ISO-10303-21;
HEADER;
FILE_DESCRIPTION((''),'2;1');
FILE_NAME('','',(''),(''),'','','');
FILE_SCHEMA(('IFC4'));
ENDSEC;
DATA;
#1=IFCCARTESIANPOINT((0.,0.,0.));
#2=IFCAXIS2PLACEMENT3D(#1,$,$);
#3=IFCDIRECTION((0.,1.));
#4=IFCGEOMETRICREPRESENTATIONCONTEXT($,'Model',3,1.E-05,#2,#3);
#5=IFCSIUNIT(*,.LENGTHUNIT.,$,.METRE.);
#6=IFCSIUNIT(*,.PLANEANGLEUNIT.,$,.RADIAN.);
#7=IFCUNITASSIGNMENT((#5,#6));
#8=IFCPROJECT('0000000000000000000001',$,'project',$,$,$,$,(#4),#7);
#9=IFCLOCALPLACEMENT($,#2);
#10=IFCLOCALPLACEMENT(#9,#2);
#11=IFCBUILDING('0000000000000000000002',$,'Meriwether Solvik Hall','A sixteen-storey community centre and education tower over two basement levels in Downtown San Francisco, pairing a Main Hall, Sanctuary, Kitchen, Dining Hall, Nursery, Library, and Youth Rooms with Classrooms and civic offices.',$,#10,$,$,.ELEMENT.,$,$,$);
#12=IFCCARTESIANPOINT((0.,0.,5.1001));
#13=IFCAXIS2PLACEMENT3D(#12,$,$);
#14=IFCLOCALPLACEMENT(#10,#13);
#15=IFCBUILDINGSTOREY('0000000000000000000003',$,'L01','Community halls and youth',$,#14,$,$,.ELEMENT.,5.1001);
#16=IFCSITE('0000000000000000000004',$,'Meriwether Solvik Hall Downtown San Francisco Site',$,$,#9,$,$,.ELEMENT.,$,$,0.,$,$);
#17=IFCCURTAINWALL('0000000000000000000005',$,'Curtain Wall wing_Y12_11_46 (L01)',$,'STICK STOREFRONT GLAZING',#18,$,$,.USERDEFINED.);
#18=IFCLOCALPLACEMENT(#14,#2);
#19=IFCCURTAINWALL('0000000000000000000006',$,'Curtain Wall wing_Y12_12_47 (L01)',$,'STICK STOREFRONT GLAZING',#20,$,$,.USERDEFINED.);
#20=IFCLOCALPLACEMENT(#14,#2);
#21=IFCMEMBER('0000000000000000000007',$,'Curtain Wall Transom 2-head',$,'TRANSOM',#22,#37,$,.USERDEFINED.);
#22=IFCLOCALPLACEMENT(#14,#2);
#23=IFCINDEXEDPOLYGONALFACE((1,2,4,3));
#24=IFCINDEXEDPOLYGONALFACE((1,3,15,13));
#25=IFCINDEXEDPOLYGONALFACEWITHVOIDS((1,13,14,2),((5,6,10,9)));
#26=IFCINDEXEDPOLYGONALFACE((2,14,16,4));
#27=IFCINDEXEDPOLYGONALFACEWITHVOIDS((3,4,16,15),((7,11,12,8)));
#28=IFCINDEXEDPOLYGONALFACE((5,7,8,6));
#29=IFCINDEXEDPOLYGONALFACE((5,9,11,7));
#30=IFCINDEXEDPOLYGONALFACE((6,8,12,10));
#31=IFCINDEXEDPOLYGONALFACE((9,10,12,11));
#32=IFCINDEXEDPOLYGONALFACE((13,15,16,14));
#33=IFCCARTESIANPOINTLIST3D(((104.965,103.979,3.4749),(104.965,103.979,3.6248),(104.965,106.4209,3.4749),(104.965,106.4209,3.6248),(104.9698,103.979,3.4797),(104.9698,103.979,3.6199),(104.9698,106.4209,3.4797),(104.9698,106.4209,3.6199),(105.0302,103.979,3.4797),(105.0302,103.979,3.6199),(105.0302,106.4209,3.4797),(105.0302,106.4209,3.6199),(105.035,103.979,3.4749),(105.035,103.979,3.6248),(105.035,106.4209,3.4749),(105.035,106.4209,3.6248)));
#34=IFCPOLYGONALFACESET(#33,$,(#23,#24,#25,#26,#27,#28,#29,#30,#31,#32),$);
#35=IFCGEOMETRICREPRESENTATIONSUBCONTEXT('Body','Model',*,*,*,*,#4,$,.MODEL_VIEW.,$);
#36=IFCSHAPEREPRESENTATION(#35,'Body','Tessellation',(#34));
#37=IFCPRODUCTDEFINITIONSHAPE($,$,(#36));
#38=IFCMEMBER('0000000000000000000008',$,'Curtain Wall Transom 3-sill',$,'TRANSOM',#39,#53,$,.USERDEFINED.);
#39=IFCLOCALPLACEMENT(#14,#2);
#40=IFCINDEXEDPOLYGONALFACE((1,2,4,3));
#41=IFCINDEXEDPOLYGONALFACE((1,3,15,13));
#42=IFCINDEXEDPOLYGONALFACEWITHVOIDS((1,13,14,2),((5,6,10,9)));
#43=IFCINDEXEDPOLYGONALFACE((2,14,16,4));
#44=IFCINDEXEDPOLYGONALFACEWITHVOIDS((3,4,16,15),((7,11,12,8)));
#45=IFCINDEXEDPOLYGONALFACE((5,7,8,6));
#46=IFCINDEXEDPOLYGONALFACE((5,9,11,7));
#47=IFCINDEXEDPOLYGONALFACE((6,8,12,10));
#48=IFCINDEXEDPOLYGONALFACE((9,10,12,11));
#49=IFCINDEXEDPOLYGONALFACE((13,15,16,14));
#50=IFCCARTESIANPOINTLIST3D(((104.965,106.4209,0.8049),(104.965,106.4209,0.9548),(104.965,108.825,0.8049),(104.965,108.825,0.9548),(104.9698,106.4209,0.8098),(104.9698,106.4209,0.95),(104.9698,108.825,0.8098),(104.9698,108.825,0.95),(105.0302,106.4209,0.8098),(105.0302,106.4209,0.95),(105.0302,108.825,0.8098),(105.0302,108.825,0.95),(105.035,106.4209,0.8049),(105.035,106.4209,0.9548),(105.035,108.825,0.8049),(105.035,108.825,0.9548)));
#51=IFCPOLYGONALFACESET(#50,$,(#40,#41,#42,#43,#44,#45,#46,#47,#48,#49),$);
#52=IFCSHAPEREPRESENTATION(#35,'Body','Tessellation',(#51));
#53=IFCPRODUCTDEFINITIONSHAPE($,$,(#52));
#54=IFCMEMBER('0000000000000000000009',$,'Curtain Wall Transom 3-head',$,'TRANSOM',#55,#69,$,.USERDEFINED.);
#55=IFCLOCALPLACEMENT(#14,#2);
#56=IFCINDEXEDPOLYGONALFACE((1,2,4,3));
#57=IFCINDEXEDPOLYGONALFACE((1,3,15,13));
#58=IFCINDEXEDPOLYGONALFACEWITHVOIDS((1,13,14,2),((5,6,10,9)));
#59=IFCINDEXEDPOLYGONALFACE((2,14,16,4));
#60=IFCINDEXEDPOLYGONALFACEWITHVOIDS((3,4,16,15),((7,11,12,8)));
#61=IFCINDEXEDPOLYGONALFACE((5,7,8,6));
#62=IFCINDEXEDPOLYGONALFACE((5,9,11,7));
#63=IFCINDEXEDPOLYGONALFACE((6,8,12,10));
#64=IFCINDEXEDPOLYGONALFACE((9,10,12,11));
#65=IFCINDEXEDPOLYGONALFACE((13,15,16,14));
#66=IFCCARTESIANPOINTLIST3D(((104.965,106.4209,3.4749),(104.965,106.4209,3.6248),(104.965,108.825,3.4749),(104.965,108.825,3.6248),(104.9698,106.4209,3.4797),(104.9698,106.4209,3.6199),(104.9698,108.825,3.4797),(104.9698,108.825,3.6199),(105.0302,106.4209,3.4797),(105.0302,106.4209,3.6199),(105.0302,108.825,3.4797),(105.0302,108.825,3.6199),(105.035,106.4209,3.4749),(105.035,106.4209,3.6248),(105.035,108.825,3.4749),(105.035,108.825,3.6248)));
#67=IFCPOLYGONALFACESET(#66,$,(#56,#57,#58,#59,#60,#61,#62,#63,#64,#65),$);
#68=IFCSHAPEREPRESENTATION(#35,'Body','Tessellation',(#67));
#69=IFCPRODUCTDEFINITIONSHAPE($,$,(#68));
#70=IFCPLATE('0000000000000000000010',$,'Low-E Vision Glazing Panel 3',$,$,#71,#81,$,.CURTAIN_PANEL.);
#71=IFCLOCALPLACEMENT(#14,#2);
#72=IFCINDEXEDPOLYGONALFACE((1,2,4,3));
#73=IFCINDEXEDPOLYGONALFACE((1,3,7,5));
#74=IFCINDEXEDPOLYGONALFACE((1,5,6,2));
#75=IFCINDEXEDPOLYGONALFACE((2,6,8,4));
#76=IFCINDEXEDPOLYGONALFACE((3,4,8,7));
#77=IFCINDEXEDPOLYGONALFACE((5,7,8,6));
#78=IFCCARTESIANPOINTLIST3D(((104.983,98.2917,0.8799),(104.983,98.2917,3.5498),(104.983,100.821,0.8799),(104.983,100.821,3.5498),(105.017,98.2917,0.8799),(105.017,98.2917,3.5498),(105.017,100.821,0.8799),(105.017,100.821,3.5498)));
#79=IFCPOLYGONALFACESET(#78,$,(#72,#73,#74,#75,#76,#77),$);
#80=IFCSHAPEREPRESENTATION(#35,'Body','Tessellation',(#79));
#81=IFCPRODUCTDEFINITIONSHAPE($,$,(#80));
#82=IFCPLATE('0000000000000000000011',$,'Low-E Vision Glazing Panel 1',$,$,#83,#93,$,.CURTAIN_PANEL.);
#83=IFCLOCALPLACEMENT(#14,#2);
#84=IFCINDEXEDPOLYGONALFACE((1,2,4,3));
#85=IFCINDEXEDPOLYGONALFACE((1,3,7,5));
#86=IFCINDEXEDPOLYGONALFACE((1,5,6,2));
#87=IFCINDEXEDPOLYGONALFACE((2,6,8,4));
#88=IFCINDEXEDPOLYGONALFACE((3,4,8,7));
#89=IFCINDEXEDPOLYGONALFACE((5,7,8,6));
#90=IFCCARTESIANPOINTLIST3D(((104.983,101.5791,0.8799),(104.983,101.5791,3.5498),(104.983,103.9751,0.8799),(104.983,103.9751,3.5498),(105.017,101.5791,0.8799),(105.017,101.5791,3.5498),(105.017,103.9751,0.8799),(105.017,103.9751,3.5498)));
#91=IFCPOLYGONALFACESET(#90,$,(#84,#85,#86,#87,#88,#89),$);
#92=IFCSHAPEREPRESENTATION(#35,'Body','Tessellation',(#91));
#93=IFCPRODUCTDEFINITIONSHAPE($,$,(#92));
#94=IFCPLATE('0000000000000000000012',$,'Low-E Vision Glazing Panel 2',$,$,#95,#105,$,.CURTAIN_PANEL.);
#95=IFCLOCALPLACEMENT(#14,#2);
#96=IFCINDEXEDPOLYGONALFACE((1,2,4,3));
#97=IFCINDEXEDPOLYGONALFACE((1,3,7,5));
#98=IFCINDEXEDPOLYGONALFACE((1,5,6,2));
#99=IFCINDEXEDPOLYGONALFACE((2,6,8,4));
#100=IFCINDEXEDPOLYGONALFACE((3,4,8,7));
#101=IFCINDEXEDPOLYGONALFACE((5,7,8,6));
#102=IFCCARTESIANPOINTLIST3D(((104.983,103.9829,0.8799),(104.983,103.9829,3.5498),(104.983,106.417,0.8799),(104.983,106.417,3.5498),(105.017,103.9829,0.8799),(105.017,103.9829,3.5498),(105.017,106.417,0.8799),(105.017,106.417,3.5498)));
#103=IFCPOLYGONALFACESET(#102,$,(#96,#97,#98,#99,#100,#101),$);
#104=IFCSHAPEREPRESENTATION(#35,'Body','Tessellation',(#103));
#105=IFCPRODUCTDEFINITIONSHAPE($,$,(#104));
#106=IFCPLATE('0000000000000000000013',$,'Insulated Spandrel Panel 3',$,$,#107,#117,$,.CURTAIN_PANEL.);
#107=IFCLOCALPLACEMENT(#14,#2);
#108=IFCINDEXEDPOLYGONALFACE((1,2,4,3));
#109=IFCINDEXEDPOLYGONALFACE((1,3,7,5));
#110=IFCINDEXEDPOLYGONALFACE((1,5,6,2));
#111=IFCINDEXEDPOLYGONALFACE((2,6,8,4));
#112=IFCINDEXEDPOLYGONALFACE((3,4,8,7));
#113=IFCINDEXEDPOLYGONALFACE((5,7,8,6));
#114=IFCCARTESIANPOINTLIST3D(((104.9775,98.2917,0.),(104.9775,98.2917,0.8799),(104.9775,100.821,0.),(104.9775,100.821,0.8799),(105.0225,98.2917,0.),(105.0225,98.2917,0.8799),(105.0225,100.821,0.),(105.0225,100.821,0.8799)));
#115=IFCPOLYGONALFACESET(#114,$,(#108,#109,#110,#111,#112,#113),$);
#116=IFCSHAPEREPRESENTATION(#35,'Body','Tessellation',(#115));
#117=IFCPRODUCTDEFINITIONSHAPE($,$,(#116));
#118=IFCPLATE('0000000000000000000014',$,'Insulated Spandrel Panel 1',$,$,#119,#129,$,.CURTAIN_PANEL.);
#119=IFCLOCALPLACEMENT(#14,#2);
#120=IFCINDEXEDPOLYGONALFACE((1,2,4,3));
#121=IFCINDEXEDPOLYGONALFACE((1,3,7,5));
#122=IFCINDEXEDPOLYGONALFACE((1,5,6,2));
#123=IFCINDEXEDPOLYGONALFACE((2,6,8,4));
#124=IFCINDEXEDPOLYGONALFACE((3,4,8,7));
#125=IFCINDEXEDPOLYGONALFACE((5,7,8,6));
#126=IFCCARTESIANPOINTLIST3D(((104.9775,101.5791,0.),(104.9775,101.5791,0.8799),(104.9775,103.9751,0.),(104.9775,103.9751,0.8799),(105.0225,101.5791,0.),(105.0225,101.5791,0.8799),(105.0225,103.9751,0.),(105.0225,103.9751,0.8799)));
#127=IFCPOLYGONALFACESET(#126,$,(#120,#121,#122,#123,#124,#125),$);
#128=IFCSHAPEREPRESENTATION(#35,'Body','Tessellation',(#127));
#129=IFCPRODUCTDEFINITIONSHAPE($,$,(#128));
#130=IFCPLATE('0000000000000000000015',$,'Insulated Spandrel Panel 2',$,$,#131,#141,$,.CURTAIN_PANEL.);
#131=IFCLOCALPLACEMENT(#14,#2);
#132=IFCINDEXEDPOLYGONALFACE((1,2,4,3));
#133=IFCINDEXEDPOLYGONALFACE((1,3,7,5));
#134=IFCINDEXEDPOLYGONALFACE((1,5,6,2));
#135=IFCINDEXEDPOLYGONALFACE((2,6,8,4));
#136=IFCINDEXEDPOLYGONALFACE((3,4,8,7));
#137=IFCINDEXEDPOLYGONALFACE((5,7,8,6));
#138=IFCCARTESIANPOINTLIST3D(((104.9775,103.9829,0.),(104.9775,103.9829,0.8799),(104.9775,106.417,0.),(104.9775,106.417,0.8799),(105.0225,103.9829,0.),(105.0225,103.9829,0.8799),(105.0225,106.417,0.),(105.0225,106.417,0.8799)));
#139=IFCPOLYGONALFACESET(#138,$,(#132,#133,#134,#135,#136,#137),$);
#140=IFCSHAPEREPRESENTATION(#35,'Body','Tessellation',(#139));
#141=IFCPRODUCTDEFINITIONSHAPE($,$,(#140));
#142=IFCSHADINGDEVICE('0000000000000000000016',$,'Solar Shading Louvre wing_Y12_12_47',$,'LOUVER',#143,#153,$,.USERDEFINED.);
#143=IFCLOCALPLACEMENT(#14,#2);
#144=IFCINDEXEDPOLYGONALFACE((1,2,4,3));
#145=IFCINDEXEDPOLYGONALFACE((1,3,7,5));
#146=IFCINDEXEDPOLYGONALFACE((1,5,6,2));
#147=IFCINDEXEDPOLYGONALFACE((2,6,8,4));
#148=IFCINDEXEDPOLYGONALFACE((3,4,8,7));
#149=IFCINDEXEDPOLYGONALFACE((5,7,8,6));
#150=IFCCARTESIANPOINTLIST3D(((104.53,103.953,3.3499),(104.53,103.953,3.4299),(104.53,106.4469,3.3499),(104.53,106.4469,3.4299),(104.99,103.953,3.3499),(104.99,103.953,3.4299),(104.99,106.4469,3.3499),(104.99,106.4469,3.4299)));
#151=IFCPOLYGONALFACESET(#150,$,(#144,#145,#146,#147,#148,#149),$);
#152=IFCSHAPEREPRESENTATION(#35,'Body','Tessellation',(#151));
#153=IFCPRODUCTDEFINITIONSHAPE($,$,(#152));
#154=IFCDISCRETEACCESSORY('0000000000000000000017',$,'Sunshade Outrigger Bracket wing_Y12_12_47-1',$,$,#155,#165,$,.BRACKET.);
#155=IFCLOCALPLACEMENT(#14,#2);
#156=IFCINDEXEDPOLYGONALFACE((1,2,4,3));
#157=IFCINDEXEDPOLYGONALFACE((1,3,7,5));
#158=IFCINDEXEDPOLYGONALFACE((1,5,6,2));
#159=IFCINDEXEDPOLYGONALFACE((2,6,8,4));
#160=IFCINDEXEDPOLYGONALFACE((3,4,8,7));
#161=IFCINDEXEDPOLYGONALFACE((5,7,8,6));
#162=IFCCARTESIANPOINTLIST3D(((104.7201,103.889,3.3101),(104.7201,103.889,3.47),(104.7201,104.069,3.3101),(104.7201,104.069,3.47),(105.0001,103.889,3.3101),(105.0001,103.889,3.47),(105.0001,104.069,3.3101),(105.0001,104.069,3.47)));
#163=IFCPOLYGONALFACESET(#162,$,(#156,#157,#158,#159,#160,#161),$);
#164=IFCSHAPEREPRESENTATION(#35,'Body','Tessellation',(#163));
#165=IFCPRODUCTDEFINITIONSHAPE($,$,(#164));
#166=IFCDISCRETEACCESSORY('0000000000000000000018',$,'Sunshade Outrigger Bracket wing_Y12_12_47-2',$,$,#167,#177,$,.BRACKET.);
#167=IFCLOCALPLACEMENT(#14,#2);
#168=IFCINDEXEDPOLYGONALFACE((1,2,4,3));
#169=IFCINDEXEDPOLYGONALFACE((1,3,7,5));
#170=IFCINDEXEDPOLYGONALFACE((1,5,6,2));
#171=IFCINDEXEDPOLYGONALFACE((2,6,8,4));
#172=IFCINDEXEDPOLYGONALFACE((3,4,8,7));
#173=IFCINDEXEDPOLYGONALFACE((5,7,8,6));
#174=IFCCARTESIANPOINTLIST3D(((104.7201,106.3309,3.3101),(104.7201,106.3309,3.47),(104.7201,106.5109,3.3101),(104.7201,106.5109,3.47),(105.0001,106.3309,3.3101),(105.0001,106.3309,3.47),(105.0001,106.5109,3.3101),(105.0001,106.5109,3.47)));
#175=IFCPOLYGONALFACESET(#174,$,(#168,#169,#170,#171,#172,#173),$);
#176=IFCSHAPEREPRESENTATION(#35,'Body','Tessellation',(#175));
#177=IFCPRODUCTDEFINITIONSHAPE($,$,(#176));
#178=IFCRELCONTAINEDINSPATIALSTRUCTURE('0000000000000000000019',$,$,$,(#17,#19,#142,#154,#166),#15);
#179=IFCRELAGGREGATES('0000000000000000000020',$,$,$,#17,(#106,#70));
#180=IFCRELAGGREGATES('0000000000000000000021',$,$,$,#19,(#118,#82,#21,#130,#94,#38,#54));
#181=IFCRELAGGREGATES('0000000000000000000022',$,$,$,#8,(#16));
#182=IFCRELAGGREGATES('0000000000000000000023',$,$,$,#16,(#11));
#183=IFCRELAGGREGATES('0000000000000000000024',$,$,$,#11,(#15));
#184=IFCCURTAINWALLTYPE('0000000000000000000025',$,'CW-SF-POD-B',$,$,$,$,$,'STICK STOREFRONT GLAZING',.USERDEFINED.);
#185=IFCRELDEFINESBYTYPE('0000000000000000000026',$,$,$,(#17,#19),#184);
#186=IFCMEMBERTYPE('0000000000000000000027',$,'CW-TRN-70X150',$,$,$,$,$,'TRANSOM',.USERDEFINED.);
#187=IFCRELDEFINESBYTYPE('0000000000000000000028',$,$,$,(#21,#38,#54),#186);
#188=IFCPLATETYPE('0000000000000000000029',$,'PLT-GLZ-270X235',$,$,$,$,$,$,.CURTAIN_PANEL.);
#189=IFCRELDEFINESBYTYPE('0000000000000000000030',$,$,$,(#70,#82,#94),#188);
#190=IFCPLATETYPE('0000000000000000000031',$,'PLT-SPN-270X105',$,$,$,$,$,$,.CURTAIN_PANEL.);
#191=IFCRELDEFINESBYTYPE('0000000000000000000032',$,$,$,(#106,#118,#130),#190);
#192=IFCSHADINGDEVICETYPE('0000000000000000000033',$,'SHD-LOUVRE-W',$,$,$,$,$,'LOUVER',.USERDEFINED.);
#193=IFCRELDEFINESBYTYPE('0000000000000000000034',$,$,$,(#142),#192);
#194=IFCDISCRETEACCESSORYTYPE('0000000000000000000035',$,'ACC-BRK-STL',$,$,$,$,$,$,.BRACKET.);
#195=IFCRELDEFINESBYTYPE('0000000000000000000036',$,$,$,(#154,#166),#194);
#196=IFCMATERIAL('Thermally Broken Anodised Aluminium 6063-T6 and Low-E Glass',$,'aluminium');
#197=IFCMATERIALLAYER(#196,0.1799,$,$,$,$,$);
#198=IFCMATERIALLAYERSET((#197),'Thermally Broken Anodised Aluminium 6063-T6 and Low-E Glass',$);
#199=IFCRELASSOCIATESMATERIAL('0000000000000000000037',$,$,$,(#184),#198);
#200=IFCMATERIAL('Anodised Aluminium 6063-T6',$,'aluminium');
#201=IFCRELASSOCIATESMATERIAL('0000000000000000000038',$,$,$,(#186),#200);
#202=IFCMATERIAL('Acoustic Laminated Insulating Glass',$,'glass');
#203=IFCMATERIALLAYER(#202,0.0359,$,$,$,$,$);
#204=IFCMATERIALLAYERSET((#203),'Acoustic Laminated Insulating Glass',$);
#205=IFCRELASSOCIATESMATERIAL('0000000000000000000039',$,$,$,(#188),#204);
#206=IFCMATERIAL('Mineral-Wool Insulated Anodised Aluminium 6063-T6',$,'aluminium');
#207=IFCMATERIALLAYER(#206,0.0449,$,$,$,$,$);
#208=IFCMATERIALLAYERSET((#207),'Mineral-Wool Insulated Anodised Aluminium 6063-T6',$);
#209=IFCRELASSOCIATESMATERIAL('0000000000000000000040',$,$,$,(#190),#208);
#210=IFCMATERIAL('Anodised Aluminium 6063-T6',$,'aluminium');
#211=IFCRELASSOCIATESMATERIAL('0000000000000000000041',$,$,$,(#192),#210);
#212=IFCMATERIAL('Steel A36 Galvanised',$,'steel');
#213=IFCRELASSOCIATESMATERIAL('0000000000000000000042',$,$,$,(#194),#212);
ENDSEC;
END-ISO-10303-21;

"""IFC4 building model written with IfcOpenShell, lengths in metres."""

from ifc_helpers import new_model, si_unit, direction, frame, origin, origin_2d, place, context, subcontext, project, spatial, rectangle, hollow_rectangle, extrude, material, layer, layer_set, material_profile, profile_set, type_object, element, aggregate, save


model = new_model("IFC4")

# Units and contexts
model_context = context("Model", 3, precision=1e-05, world=origin(), true_north=direction((0.0, 1.0)))
body_context = subcontext(model_context, "Body", "Model", "MODEL_VIEW")
ifc_project = project(units=[si_unit("LENGTHUNIT", "METRE"), si_unit("PLANEANGLEUNIT", "RADIAN")], contexts=[model_context])

# Site, building, storey
site_placement = place(None, origin())
site = spatial("IfcSite", under=ifc_project, at=site_placement, Name="Meriwether Solvik Hall Downtown San Francisco Site", CompositionType="ELEMENT", RefElevation=0.0)
building_placement = place(site_placement, origin())
building = spatial("IfcBuilding", under=site, at=building_placement, Name="Meriwether Solvik Hall", Description="A sixteen-storey community centre and education tower over two basement levels in Downtown San Francisco, pairing a Main Hall, Sanctuary, Kitchen, Dining Hall, Nursery, Library, and Youth Rooms with Classrooms and civic offices.", CompositionType="ELEMENT")
storey_placement = place(building_placement, frame((0.0, 0.0, 5.1001)))
storey = spatial("IfcBuildingStorey", under=building, at=storey_placement, Name="L01", Description="Community halls and youth", CompositionType="ELEMENT", Elevation=5.1001)

# Curtain wall
ifc_material_1 = material(Name="Thermally Broken Anodised Aluminium 6063-T6 and Low-E Glass", Category="aluminium")
ifc_layer_1 = layer(ifc_material_1, 0.1799)
ifc_layer_set_1 = layer_set([ifc_layer_1], Name="Thermally Broken Anodised Aluminium 6063-T6 and Low-E Glass")
curtain_wall_type = type_object("IfcCurtainWallType", Name="CW-SF-POD-B", ElementType="STICK STOREFRONT GLAZING", PredefinedType="USERDEFINED", material=ifc_layer_set_1)
curtain_wall_1_placement = place(storey_placement, origin())
curtain_wall_1 = element("IfcCurtainWall", 1, at=curtain_wall_1_placement, inside=storey, type_object=curtain_wall_type, Name="Curtain Wall wing_Y12_11_46 (L01)", ObjectType="STICK STOREFRONT GLAZING", PredefinedType="USERDEFINED")

# Curtain wall, members
curtain_wall_2_placement = place(storey_placement, origin())
curtain_wall_2 = element("IfcCurtainWall", 2, at=curtain_wall_2_placement, inside=storey, type_object=curtain_wall_type, Name="Curtain Wall wing_Y12_12_47 (L01)", ObjectType="STICK STOREFRONT GLAZING", PredefinedType="USERDEFINED")
ifc_material_2 = material(Name="Anodised Aluminium 6063-T6", Category="aluminium")
ifc_material_profile_1 = material_profile(ifc_material_2, hollow_rectangle(XDim=0.0701, YDim=0.1499, WallThickness=0.0049, at=origin_2d()), Name="CWT-70X150")
ifc_profile_set_1 = profile_set([ifc_material_profile_1], Name="Anodised Aluminium 6063-T6")
member_type_1 = type_object("IfcMemberType", Name="CW-TRN-70X150", ElementType="TRANSOM", PredefinedType="USERDEFINED", material=ifc_profile_set_1)
member_1_placement = place(storey_placement, frame((105.0, 103.979, 3.5498), z_axis=(0.0, 1.0, 0.0), x_axis=(-1.0, 0.0, 0.0)))
member_1 = element("IfcMember", 3, at=member_1_placement, type_object=member_type_1, Name="Curtain Wall Transom 2-head", ObjectType="TRANSOM", PredefinedType="USERDEFINED", context=body_context, shape_type="SweptSolid", body=[
    extrude(hollow_rectangle(XDim=0.0701, YDim=0.1499, WallThickness=0.0049, at=origin_2d()), origin(), (0.0, 0.0, 1.0), 2.4419),
])
member_2_placement = place(storey_placement, frame((105.0, 106.4209, 0.8799), z_axis=(0.0, 1.0, 0.0), x_axis=(-1.0, 0.0, 0.0)))
member_2 = element("IfcMember", 4, at=member_2_placement, type_object=member_type_1, Name="Curtain Wall Transom 3-sill", ObjectType="TRANSOM", PredefinedType="USERDEFINED", context=body_context, shape_type="SweptSolid", body=[
    extrude(hollow_rectangle(XDim=0.0701, YDim=0.1499, WallThickness=0.0049, at=origin_2d()), origin(), (0.0, 0.0, 1.0), 2.4041),
])
member_3_placement = place(storey_placement, frame((105.0, 106.4209, 3.5498), z_axis=(0.0, 1.0, 0.0), x_axis=(-1.0, 0.0, 0.0)))
member_3 = element("IfcMember", 5, at=member_3_placement, type_object=member_type_1, Name="Curtain Wall Transom 3-head", ObjectType="TRANSOM", PredefinedType="USERDEFINED", context=body_context, shape_type="SweptSolid", body=[
    extrude(hollow_rectangle(XDim=0.0701, YDim=0.1499, WallThickness=0.0049, at=origin_2d()), origin(), (0.0, 0.0, 1.0), 2.4041),
])

# Plates
ifc_material_3 = material(Name="Acoustic Laminated Insulating Glass", Category="glass")
ifc_layer_2 = layer(ifc_material_3, 0.0359)
ifc_layer_set_2 = layer_set([ifc_layer_2], Name="Acoustic Laminated Insulating Glass")
plate_type_1 = type_object("IfcPlateType", Name="PLT-GLZ-270X235", PredefinedType="CURTAIN_PANEL", material=ifc_layer_set_2)
plate_1_placement = place(storey_placement, frame((105.0, 99.5564, 0.8799), z_axis=(0.0, 0.0, 1.0), x_axis=(0.0, 1.0, 0.0)))
plate_1 = element("IfcPlate", 6, at=plate_1_placement, type_object=plate_type_1, Name="Low-E Vision Glazing Panel 3", PredefinedType="CURTAIN_PANEL", context=body_context, shape_type="SweptSolid", body=[
    extrude(rectangle(XDim=2.5293, YDim=0.0339, at=origin_2d()), origin(), (0.0, 0.0, 1.0), 2.6699),
])
plate_2_placement = place(storey_placement, frame((105.0, 102.7771, 0.8799), z_axis=(0.0, 0.0, 1.0), x_axis=(0.0, 1.0, 0.0)))
plate_2 = element("IfcPlate", 7, at=plate_2_placement, type_object=plate_type_1, Name="Low-E Vision Glazing Panel 1", PredefinedType="CURTAIN_PANEL", context=body_context, shape_type="SweptSolid", body=[
    extrude(rectangle(XDim=2.396, YDim=0.0339, at=origin_2d()), origin(), (0.0, 0.0, 1.0), 2.6699),
])
plate_3_placement = place(storey_placement, frame((105.0, 105.2, 0.8799), z_axis=(0.0, 0.0, 1.0), x_axis=(0.0, 1.0, 0.0)))
plate_3 = element("IfcPlate", 8, at=plate_3_placement, type_object=plate_type_1, Name="Low-E Vision Glazing Panel 2", PredefinedType="CURTAIN_PANEL", context=body_context, shape_type="SweptSolid", body=[
    extrude(rectangle(XDim=2.4341, YDim=0.0339, at=origin_2d()), origin(), (0.0, 0.0, 1.0), 2.6699),
])
ifc_material_4 = material(Name="Mineral-Wool Insulated Anodised Aluminium 6063-T6", Category="aluminium")
ifc_layer_3 = layer(ifc_material_4, 0.0449)
ifc_layer_set_3 = layer_set([ifc_layer_3], Name="Mineral-Wool Insulated Anodised Aluminium 6063-T6")
plate_type_2 = type_object("IfcPlateType", Name="PLT-SPN-270X105", PredefinedType="CURTAIN_PANEL", material=ifc_layer_set_3)
plate_4_placement = place(storey_placement, frame((105.0, 99.5564, 0.0), z_axis=(0.0, 0.0, 1.0), x_axis=(0.0, 1.0, 0.0)))
plate_4 = element("IfcPlate", 9, at=plate_4_placement, type_object=plate_type_2, Name="Insulated Spandrel Panel 3", PredefinedType="CURTAIN_PANEL", context=body_context, shape_type="SweptSolid", body=[
    extrude(rectangle(XDim=2.5293, YDim=0.0449, at=origin_2d()), origin(), (0.0, 0.0, 1.0), 0.8799),
])
aggregate(curtain_wall_1, [plate_4, plate_1])
plate_5_placement = place(storey_placement, frame((105.0, 102.7771, 0.0), z_axis=(0.0, 0.0, 1.0), x_axis=(0.0, 1.0, 0.0)))
plate_5 = element("IfcPlate", 10, at=plate_5_placement, type_object=plate_type_2, Name="Insulated Spandrel Panel 1", PredefinedType="CURTAIN_PANEL", context=body_context, shape_type="SweptSolid", body=[
    extrude(rectangle(XDim=2.396, YDim=0.0449, at=origin_2d()), origin(), (0.0, 0.0, 1.0), 0.8799),
])
plate_6_placement = place(storey_placement, frame((105.0, 105.2, 0.0), z_axis=(0.0, 0.0, 1.0), x_axis=(0.0, 1.0, 0.0)))
plate_6 = element("IfcPlate", 11, at=plate_6_placement, type_object=plate_type_2, Name="Insulated Spandrel Panel 2", PredefinedType="CURTAIN_PANEL", context=body_context, shape_type="SweptSolid", body=[
    extrude(rectangle(XDim=2.4341, YDim=0.0449, at=origin_2d()), origin(), (0.0, 0.0, 1.0), 0.8799),
])
aggregate(curtain_wall_2, [plate_5, plate_2, member_1, plate_6, plate_3, member_2, member_3])

# Shading device
ifc_material_5 = material(Name="Anodised Aluminium 6063-T6", Category="aluminium")
shading_device_type = type_object("IfcShadingDeviceType", Name="SHD-LOUVRE-W", ElementType="LOUVER", PredefinedType="USERDEFINED", material=ifc_material_5)
shading_device_placement = place(storey_placement, frame((104.76, 105.2, 3.3499), z_axis=(0.0, 0.0, 1.0), x_axis=(0.0, 1.0, 0.0)))
element("IfcShadingDevice", 12, at=shading_device_placement, inside=storey, type_object=shading_device_type, Name="Solar Shading Louvre wing_Y12_12_47", ObjectType="LOUVER", PredefinedType="USERDEFINED", context=body_context, shape_type="SweptSolid", body=[
    extrude(rectangle(XDim=2.4939, YDim=0.46, at=origin_2d()), origin(), (0.0, 0.0, 1.0), 0.0801),
])

# Discrete accessories
ifc_material_6 = material(Name="Steel A36 Galvanised", Category="steel")
discrete_accessory_type = type_object("IfcDiscreteAccessoryType", Name="ACC-BRK-STL", PredefinedType="BRACKET", material=ifc_material_6)
for number, where, z_axis, x_axis, name in (
    (13, (104.8601, 103.979, 3.3101), (0.0, 0.0, 1.0), (0.0, 1.0, 0.0), "Sunshade Outrigger Bracket wing_Y12_12_47-1"),
    (14, (104.8601, 106.4209, 3.3101), (0.0, 0.0, 1.0), (0.0, 1.0, 0.0), "Sunshade Outrigger Bracket wing_Y12_12_47-2"),
):
    element("IfcDiscreteAccessory", number, at=place(storey_placement, frame(where, z_axis=z_axis, x_axis=x_axis)), inside=storey, type_object=discrete_accessory_type, Name=name, PredefinedType="BRACKET", context=body_context, shape_type="SweptSolid", body=[
        extrude(rectangle(XDim=0.1799, YDim=0.28, at=origin_2d()), origin(), (0.0, 0.0, 1.0), 0.1599),
    ])

save(model, "model.ifc")
